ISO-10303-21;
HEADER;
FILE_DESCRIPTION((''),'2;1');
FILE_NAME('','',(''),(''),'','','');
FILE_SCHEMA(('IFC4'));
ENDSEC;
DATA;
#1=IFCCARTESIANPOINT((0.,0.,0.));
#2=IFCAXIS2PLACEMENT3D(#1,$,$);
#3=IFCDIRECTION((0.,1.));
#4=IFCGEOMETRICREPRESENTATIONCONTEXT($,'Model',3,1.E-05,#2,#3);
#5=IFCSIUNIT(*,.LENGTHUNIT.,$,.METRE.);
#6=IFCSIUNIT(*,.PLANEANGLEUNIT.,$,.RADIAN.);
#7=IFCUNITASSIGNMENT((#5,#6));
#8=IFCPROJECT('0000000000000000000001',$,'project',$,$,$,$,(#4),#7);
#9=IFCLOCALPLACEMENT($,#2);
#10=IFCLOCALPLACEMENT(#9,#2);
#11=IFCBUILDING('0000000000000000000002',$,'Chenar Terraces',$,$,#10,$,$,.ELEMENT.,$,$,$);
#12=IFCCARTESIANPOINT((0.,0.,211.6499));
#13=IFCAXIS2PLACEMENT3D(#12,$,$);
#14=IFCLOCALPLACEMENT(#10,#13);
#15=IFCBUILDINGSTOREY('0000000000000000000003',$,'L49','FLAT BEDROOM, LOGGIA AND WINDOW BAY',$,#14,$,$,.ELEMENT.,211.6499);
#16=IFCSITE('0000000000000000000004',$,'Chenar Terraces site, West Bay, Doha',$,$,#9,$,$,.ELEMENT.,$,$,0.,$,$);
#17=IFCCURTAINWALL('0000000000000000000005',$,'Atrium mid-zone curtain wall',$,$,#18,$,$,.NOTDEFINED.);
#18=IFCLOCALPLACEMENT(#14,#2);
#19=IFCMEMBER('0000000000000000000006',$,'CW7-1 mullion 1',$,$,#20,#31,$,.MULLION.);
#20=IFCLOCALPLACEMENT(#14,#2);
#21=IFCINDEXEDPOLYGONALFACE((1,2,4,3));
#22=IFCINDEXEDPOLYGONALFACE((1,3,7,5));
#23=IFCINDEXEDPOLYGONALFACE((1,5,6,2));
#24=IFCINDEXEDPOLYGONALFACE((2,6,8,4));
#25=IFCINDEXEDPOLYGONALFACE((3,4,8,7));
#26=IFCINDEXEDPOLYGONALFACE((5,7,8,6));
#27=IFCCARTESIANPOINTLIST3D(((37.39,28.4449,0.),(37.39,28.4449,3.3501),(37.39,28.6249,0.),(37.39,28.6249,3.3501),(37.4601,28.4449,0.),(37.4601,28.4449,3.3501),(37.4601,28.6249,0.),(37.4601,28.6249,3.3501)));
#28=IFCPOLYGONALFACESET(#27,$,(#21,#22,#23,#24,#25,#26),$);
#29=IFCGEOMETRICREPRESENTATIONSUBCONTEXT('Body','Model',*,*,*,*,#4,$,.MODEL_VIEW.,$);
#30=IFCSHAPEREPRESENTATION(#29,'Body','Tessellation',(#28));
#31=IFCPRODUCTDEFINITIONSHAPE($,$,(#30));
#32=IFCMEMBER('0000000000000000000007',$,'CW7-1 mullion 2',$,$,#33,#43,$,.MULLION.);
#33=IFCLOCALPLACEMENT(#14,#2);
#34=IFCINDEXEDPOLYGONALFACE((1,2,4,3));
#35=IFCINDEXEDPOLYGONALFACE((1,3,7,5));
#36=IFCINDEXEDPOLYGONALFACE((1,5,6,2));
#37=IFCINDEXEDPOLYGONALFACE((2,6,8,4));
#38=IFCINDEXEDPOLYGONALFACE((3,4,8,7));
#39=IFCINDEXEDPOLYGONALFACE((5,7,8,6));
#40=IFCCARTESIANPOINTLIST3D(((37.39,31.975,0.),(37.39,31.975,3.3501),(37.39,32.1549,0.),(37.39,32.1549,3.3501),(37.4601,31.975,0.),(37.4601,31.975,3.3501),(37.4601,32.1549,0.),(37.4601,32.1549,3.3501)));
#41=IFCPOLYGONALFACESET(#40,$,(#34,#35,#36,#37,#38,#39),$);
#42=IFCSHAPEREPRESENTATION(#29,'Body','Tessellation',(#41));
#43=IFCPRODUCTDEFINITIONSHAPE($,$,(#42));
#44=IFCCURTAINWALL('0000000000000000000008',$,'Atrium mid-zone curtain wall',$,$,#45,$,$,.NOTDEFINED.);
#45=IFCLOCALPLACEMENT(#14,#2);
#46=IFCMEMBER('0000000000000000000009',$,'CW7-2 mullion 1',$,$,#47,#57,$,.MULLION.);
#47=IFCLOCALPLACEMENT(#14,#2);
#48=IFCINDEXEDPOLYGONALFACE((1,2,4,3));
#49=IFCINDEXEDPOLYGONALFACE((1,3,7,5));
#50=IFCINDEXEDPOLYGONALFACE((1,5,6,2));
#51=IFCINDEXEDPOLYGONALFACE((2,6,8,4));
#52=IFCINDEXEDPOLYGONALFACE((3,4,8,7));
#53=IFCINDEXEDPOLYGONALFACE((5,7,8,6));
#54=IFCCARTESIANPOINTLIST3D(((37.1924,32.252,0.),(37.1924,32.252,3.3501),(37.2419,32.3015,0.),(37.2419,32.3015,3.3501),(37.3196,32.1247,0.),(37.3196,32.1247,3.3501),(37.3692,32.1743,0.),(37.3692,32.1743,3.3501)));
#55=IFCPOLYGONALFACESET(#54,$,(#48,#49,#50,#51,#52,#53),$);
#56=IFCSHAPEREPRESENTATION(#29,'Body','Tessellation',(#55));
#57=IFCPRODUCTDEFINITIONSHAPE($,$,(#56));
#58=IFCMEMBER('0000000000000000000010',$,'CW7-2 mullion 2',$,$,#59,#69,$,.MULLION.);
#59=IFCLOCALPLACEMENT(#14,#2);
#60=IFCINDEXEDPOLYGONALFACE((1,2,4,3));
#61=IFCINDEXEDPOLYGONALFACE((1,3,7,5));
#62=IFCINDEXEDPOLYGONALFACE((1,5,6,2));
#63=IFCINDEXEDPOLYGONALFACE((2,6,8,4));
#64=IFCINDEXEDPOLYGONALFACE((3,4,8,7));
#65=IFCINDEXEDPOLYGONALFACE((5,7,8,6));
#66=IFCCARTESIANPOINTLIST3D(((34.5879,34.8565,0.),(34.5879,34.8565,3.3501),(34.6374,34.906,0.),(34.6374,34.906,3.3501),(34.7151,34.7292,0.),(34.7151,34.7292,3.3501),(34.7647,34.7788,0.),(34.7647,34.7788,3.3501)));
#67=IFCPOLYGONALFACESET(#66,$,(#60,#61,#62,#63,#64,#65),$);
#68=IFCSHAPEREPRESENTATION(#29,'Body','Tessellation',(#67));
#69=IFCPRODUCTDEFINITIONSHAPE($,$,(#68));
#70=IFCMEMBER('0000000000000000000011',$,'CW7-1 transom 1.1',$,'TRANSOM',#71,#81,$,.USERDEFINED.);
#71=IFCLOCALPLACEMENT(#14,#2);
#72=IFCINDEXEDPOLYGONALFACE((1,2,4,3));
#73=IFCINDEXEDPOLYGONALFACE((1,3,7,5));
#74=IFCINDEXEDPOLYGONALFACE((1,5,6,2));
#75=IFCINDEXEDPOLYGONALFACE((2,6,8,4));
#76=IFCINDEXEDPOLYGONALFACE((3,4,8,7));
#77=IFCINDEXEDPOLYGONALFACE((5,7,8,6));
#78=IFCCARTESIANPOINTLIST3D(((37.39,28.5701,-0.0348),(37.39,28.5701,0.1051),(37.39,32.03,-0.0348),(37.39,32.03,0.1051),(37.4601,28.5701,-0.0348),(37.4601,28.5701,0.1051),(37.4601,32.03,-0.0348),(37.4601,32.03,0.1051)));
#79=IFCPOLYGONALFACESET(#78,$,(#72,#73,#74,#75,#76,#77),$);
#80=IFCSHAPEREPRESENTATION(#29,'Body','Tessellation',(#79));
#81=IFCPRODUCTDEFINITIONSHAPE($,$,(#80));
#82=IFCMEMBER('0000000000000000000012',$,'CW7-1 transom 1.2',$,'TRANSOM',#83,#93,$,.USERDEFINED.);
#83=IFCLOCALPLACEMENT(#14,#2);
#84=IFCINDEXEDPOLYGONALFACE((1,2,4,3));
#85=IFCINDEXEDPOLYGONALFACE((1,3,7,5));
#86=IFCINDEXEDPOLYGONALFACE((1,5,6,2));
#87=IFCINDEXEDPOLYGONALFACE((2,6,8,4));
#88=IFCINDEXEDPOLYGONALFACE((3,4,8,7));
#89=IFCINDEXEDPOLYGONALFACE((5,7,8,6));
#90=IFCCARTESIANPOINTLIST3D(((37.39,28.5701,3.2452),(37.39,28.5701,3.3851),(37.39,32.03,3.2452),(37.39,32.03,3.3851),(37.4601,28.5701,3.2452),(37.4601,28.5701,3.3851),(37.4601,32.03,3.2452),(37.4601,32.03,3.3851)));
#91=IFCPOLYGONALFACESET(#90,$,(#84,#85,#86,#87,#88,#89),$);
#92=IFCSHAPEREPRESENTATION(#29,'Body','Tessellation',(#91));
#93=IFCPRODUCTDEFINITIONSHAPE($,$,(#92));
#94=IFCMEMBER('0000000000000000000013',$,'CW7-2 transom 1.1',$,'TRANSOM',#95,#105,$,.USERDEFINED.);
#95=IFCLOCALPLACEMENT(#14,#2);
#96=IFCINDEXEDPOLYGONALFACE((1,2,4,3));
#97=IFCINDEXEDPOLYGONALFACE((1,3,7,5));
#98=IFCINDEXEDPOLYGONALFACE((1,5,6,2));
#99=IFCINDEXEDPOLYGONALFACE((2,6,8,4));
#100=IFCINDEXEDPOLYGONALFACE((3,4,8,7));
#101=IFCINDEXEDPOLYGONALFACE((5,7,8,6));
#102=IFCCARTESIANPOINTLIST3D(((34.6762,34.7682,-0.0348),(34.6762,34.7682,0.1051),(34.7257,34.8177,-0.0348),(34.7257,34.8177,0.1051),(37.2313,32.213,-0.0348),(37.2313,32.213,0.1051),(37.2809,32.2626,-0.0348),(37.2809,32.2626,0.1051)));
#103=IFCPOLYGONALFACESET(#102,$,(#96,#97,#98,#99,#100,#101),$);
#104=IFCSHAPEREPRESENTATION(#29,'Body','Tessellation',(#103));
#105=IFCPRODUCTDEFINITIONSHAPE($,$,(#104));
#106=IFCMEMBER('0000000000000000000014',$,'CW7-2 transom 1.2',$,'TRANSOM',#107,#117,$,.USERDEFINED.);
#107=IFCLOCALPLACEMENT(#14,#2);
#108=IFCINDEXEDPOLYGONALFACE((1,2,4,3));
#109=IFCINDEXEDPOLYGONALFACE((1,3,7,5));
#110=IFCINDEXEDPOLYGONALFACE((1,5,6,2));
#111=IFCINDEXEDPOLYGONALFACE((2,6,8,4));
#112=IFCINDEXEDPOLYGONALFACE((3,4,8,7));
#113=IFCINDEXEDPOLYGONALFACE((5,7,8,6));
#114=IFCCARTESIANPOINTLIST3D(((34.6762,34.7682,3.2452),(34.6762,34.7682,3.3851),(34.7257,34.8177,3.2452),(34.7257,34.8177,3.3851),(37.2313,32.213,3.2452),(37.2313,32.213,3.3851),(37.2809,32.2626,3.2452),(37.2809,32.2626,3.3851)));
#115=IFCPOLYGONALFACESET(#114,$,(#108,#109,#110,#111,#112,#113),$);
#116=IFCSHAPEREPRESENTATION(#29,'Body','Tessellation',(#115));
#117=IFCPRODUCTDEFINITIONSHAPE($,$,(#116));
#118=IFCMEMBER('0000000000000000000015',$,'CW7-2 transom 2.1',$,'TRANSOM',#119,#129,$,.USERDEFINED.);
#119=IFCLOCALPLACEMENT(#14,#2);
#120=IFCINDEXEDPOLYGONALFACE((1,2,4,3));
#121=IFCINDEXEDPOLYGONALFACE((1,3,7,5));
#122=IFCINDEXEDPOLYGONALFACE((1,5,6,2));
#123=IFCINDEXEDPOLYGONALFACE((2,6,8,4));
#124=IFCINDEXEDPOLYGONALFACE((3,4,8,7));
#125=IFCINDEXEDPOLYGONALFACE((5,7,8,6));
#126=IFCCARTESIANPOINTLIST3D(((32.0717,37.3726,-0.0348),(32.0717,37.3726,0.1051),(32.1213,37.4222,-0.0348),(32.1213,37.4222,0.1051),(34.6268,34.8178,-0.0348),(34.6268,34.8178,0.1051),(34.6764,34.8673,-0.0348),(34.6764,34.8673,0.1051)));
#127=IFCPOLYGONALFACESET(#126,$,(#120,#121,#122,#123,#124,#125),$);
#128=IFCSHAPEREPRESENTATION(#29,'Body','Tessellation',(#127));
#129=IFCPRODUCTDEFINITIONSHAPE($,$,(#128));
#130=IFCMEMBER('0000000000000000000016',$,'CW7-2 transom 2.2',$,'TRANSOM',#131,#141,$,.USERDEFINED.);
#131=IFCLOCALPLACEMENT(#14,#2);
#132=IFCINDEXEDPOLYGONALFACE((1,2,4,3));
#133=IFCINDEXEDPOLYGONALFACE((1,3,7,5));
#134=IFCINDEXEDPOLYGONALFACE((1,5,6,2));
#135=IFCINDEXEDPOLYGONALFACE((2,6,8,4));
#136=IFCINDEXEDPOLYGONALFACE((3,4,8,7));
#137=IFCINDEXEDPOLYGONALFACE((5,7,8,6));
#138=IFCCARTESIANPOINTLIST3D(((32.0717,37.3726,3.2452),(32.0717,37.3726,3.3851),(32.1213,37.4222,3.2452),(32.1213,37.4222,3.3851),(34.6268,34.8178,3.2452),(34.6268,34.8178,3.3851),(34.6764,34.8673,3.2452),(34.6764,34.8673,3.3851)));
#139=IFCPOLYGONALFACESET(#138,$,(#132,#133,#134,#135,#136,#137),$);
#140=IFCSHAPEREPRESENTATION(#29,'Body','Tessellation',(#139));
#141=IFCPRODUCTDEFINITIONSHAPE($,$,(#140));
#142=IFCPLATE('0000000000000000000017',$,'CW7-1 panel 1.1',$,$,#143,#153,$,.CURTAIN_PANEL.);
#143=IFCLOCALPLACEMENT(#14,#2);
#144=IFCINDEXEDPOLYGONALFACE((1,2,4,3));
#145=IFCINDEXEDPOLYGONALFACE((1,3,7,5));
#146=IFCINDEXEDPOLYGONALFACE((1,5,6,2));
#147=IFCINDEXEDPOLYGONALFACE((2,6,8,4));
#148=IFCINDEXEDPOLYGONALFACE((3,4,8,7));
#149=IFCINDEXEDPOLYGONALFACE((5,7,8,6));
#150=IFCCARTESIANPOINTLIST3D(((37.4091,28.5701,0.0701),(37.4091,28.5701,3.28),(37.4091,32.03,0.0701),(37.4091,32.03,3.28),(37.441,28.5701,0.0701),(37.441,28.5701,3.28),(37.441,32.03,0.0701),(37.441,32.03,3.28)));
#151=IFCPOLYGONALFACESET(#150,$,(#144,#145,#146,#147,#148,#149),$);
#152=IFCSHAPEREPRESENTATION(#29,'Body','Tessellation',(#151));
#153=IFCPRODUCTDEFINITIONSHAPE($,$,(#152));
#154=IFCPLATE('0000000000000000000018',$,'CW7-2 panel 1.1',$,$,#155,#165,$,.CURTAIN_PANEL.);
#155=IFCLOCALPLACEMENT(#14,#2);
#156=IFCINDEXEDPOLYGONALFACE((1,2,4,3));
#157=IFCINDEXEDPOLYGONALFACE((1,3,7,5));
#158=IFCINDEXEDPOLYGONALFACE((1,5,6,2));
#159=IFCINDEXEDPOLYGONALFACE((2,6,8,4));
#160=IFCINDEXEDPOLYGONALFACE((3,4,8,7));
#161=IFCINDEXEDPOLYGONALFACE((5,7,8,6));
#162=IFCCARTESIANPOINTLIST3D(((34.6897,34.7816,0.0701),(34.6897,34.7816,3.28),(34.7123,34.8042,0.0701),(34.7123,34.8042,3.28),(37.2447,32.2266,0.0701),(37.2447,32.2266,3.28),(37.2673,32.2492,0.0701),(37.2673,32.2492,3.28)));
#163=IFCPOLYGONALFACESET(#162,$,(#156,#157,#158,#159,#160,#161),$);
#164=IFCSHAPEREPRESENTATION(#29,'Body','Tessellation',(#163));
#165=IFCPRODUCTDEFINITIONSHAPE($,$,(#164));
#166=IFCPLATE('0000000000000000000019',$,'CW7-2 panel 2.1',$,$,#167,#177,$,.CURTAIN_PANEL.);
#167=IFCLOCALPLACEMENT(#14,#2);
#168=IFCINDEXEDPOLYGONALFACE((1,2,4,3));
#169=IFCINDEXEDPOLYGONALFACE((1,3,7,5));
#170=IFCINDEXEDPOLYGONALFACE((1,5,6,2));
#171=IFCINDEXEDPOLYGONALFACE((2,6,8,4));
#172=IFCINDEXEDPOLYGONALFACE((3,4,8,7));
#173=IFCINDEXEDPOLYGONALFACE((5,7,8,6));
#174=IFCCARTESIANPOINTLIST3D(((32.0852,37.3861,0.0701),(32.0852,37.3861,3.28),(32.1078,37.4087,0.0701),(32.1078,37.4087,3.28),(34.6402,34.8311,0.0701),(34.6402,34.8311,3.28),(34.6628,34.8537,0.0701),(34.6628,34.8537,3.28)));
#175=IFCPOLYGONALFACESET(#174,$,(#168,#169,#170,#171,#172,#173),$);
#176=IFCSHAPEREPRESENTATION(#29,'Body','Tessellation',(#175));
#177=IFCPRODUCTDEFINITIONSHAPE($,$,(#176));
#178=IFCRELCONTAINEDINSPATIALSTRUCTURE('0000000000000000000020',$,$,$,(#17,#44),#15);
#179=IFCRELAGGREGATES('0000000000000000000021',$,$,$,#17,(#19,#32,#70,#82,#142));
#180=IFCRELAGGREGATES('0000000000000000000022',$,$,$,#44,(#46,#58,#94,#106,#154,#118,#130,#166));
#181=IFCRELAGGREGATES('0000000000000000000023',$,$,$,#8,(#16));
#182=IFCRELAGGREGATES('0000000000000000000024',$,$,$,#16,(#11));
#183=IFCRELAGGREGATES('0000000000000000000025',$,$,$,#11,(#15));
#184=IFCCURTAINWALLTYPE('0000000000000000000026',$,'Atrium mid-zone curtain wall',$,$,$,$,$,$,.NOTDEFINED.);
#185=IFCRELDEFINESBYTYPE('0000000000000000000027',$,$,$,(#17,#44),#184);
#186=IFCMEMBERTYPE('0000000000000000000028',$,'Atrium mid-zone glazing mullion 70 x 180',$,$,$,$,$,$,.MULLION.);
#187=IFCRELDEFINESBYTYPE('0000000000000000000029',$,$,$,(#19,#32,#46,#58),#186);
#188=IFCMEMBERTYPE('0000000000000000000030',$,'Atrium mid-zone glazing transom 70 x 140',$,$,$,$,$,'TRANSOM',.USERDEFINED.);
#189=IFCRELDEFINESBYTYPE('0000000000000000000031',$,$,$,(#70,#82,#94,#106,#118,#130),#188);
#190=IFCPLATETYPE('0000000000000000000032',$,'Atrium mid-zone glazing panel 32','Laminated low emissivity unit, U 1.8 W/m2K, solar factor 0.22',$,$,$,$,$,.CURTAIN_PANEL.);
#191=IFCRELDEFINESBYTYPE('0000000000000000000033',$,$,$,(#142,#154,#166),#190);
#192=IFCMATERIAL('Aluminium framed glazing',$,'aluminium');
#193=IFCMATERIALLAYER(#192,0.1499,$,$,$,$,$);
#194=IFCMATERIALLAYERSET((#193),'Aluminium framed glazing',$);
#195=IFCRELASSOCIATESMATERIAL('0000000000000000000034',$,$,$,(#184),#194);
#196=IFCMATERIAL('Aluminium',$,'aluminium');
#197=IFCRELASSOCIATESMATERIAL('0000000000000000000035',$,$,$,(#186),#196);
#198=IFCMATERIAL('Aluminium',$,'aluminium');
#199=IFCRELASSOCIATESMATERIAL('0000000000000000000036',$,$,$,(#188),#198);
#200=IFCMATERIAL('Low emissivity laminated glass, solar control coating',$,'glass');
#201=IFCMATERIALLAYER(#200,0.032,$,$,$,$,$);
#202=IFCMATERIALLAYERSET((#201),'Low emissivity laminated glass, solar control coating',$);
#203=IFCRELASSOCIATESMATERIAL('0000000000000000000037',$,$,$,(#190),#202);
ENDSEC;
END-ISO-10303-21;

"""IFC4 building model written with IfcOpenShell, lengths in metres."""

from ifc_helpers import new_model, si_unit, direction, frame, origin, origin_2d, place, context, subcontext, project, spatial, rectangle, extrude, material, layer, layer_set, material_profile, profile_set, type_object, element, aggregate, save


model = new_model("IFC4")

# Units and contexts
model_context = context("Model", 3, precision=1e-05, world=origin(), true_north=direction((0.0, 1.0)))
body_context = subcontext(model_context, "Body", "Model", "MODEL_VIEW")
ifc_project = project(units=[si_unit("LENGTHUNIT", "METRE"), si_unit("PLANEANGLEUNIT", "RADIAN")], contexts=[model_context])

# Site, building, storey
site_placement = place(None, origin())
site = spatial("IfcSite", under=ifc_project, at=site_placement, Name="Chenar Terraces site, West Bay, Doha", CompositionType="ELEMENT", RefElevation=0.0)
building_placement = place(site_placement, origin())
building = spatial("IfcBuilding", under=site, at=building_placement, Name="Chenar Terraces", CompositionType="ELEMENT")
storey_placement = place(building_placement, frame((0.0, 0.0, 211.6499)))
storey = spatial("IfcBuildingStorey", under=building, at=storey_placement, Name="L49", Description="FLAT BEDROOM, LOGGIA AND WINDOW BAY", CompositionType="ELEMENT", Elevation=211.6499)

# Curtain walls, members
ifc_material_1 = material(Name="Aluminium framed glazing", Category="aluminium")
ifc_layer_1 = layer(ifc_material_1, 0.1499)
ifc_layer_set_1 = layer_set([ifc_layer_1], Name="Aluminium framed glazing")
curtain_wall_type = type_object("IfcCurtainWallType", Name="Atrium mid-zone curtain wall", PredefinedType="NOTDEFINED", material=ifc_layer_set_1)
placement = place(storey_placement, origin())
curtain_wall_1 = element("IfcCurtainWall", 1, at=placement, inside=storey, type_object=curtain_wall_type, Name="Atrium mid-zone curtain wall", PredefinedType="NOTDEFINED")
ifc_material_2 = material(Name="Aluminium", Category="aluminium")
ifc_material_profile_1 = material_profile(ifc_material_2, rectangle(XDim=0.0701, YDim=0.1799, at=origin_2d()), Name="Atrium mid-zone glazing mullion 70 x 180")
ifc_profile_set_1 = profile_set([ifc_material_profile_1], Name="Aluminium")
member_type_1 = type_object("IfcMemberType", Name="Atrium mid-zone glazing mullion 70 x 180", PredefinedType="MULLION", material=ifc_profile_set_1)
member_1_placement = place(storey_placement, frame((37.425, 28.5349, 0.0), z_axis=(0.0, 0.0, 1.0), x_axis=(-1.0, 0.0, 0.0)))
member_1 = element("IfcMember", 2, at=member_1_placement, type_object=member_type_1, Name="CW7-1 mullion 1", PredefinedType="MULLION", context=body_context, shape_type="SweptSolid", body=[
    extrude(rectangle(XDim=0.0701, YDim=0.1799, at=origin_2d()), origin(), (0.0, 0.0, 1.0), 3.3501),
])
member_2_placement = place(storey_placement, frame((37.425, 32.0649, 0.0), z_axis=(0.0, 0.0, 1.0), x_axis=(-1.0, 0.0, 0.0)))
member_2 = element("IfcMember", 3, at=member_2_placement, type_object=member_type_1, Name="CW7-1 mullion 2", PredefinedType="MULLION", context=body_context, shape_type="SweptSolid", body=[
    extrude(rectangle(XDim=0.0701, YDim=0.1799, at=origin_2d()), origin(), (0.0, 0.0, 1.0), 3.3501),
])
curtain_wall_2 = element("IfcCurtainWall", 4, at=placement, inside=storey, type_object=curtain_wall_type, Name="Atrium mid-zone curtain wall", PredefinedType="NOTDEFINED")
member_3_placement = place(storey_placement, frame((37.2808, 32.2131, 0.0), z_axis=(0.0, 0.0, 1.0), x_axis=(-0.707107, -0.707107, 0.0)))
member_3 = element("IfcMember", 5, at=member_3_placement, type_object=member_type_1, Name="CW7-2 mullion 1", PredefinedType="MULLION", context=body_context, shape_type="SweptSolid", body=[
    extrude(rectangle(XDim=0.0701, YDim=0.1799, at=origin_2d()), origin(), (0.0, 0.0, 1.0), 3.3501),
])
member_4_placement = place(storey_placement, frame((34.6763, 34.8176, 0.0), z_axis=(0.0, 0.0, 1.0), x_axis=(-0.707107, -0.707107, 0.0)))
member_4 = element("IfcMember", 6, at=member_4_placement, type_object=member_type_1, Name="CW7-2 mullion 2", PredefinedType="MULLION", context=body_context, shape_type="SweptSolid", body=[
    extrude(rectangle(XDim=0.0701, YDim=0.1799, at=origin_2d()), origin(), (0.0, 0.0, 1.0), 3.3501),
])

# Members
ifc_material_3 = material(Name="Aluminium", Category="aluminium")
ifc_material_profile_2 = material_profile(ifc_material_3, rectangle(XDim=0.0701, YDim=0.1399, at=origin_2d()), Name="Atrium mid-zone glazing transom 70 x 140")
ifc_profile_set_2 = profile_set([ifc_material_profile_2], Name="Aluminium")
member_type_2 = type_object("IfcMemberType", Name="Atrium mid-zone glazing transom 70 x 140", ElementType="TRANSOM", PredefinedType="USERDEFINED", material=ifc_profile_set_2)
member_5_placement = place(storey_placement, frame((37.425, 28.5701, 0.0352), z_axis=(0.0, 1.0, 0.0), x_axis=(-1.0, 0.0, 0.0)))
member_5 = element("IfcMember", 7, at=member_5_placement, type_object=member_type_2, Name="CW7-1 transom 1.1", ObjectType="TRANSOM", PredefinedType="USERDEFINED", context=body_context, shape_type="SweptSolid", body=[
    extrude(rectangle(XDim=0.0701, YDim=0.1399, at=origin_2d()), origin(), (0.0, 0.0, 1.0), 3.46),
])
member_6_placement = place(storey_placement, frame((37.425, 28.5701, 3.3152), z_axis=(0.0, 1.0, 0.0), x_axis=(-1.0, 0.0, 0.0)))
member_6 = element("IfcMember", 8, at=member_6_placement, type_object=member_type_2, Name="CW7-1 transom 1.2", ObjectType="TRANSOM", PredefinedType="USERDEFINED", context=body_context, shape_type="SweptSolid", body=[
    extrude(rectangle(XDim=0.0701, YDim=0.1399, at=origin_2d()), origin(), (0.0, 0.0, 1.0), 3.46),
])
member_7_placement = place(storey_placement, frame((37.2561, 32.2378, 0.0352), z_axis=(-0.707107, 0.707107, 0.0), x_axis=(-0.707107, -0.707107, 0.0)))
member_7 = element("IfcMember", 9, at=member_7_placement, type_object=member_type_2, Name="CW7-2 transom 1.1", ObjectType="TRANSOM", PredefinedType="USERDEFINED", context=body_context, shape_type="SweptSolid", body=[
    extrude(rectangle(XDim=0.0701, YDim=0.1399, at=origin_2d()), origin(), (0.0, 0.0, 1.0), 3.6135),
])
member_8_placement = place(storey_placement, frame((37.2561, 32.2378, 3.3152), z_axis=(-0.707107, 0.707107, 0.0), x_axis=(-0.707107, -0.707107, 0.0)))
member_8 = element("IfcMember", 10, at=member_8_placement, type_object=member_type_2, Name="CW7-2 transom 1.2", ObjectType="TRANSOM", PredefinedType="USERDEFINED", context=body_context, shape_type="SweptSolid", body=[
    extrude(rectangle(XDim=0.0701, YDim=0.1399, at=origin_2d()), origin(), (0.0, 0.0, 1.0), 3.6135),
])
member_9_placement = place(storey_placement, frame((34.6516, 34.8425, 0.0352), z_axis=(-0.707141, 0.707073, 0.0), x_axis=(-0.707073, -0.707141, 0.0)))
member_9 = element("IfcMember", 11, at=member_9_placement, type_object=member_type_2, Name="CW7-2 transom 2.1", ObjectType="TRANSOM", PredefinedType="USERDEFINED", context=body_context, shape_type="SweptSolid", body=[
    extrude(rectangle(XDim=0.0701, YDim=0.1399, at=origin_2d()), origin(), (0.0, 0.0, 1.0), 3.6133),
])
member_10_placement = place(storey_placement, frame((34.6516, 34.8425, 3.3152), z_axis=(-0.707141, 0.707073, 0.0), x_axis=(-0.707073, -0.707141, 0.0)))
member_10 = element("IfcMember", 12, at=member_10_placement, type_object=member_type_2, Name="CW7-2 transom 2.2", ObjectType="TRANSOM", PredefinedType="USERDEFINED", context=body_context, shape_type="SweptSolid", body=[
    extrude(rectangle(XDim=0.0701, YDim=0.1399, at=origin_2d()), origin(), (0.0, 0.0, 1.0), 3.6133),
])

# Plates
ifc_material_4 = material(Name="Low emissivity laminated glass, solar control coating", Category="glass")
ifc_layer_2 = layer(ifc_material_4, 0.032)
ifc_layer_set_2 = layer_set([ifc_layer_2], Name="Low emissivity laminated glass, solar control coating")
plate_type = type_object("IfcPlateType", Name="Atrium mid-zone glazing panel 32", Description="Laminated low emissivity unit, U 1.8 W/m2K, solar factor 0.22", PredefinedType="CURTAIN_PANEL", material=ifc_layer_set_2)
plate_1_placement = place(storey_placement, frame((37.425, 30.3, 0.0701), z_axis=(0.0, 0.0, 1.0), x_axis=(0.0, 1.0, 0.0)))
plate_1 = element("IfcPlate", 13, at=plate_1_placement, type_object=plate_type, Name="CW7-1 panel 1.1", PredefinedType="CURTAIN_PANEL", context=body_context, shape_type="SweptSolid", body=[
    extrude(rectangle(XDim=3.46, YDim=0.032, at=origin_2d()), origin(), (0.0, 0.0, 1.0), 3.21),
])
aggregate(curtain_wall_1, [member_1, member_2, member_5, member_6, plate_1])
plate_2_placement = place(storey_placement, frame((35.9785, 33.5154, 0.0701), z_axis=(0.0, 0.0, 1.0), x_axis=(-0.707107, 0.707107, 0.0)))
plate_2 = element("IfcPlate", 14, at=plate_2_placement, type_object=plate_type, Name="CW7-2 panel 1.1", PredefinedType="CURTAIN_PANEL", context=body_context, shape_type="SweptSolid", body=[
    extrude(rectangle(XDim=3.6133, YDim=0.032, at=origin_2d()), origin(), (0.0, 0.0, 1.0), 3.21),
])
plate_3_placement = place(storey_placement, frame((33.374, 36.1199, 0.0701), z_axis=(0.0, 0.0, 1.0), x_axis=(-0.707107, 0.707107, 0.0)))
plate_3 = element("IfcPlate", 15, at=plate_3_placement, type_object=plate_type, Name="CW7-2 panel 2.1", PredefinedType="CURTAIN_PANEL", context=body_context, shape_type="SweptSolid", body=[
    extrude(rectangle(XDim=3.6133, YDim=0.032, at=origin_2d()), origin(), (0.0, 0.0, 1.0), 3.21),
])
aggregate(curtain_wall_2, [member_3, member_4, member_7, member_8, plate_2, member_9, member_10, plate_3])

save(model, "model.ifc")
